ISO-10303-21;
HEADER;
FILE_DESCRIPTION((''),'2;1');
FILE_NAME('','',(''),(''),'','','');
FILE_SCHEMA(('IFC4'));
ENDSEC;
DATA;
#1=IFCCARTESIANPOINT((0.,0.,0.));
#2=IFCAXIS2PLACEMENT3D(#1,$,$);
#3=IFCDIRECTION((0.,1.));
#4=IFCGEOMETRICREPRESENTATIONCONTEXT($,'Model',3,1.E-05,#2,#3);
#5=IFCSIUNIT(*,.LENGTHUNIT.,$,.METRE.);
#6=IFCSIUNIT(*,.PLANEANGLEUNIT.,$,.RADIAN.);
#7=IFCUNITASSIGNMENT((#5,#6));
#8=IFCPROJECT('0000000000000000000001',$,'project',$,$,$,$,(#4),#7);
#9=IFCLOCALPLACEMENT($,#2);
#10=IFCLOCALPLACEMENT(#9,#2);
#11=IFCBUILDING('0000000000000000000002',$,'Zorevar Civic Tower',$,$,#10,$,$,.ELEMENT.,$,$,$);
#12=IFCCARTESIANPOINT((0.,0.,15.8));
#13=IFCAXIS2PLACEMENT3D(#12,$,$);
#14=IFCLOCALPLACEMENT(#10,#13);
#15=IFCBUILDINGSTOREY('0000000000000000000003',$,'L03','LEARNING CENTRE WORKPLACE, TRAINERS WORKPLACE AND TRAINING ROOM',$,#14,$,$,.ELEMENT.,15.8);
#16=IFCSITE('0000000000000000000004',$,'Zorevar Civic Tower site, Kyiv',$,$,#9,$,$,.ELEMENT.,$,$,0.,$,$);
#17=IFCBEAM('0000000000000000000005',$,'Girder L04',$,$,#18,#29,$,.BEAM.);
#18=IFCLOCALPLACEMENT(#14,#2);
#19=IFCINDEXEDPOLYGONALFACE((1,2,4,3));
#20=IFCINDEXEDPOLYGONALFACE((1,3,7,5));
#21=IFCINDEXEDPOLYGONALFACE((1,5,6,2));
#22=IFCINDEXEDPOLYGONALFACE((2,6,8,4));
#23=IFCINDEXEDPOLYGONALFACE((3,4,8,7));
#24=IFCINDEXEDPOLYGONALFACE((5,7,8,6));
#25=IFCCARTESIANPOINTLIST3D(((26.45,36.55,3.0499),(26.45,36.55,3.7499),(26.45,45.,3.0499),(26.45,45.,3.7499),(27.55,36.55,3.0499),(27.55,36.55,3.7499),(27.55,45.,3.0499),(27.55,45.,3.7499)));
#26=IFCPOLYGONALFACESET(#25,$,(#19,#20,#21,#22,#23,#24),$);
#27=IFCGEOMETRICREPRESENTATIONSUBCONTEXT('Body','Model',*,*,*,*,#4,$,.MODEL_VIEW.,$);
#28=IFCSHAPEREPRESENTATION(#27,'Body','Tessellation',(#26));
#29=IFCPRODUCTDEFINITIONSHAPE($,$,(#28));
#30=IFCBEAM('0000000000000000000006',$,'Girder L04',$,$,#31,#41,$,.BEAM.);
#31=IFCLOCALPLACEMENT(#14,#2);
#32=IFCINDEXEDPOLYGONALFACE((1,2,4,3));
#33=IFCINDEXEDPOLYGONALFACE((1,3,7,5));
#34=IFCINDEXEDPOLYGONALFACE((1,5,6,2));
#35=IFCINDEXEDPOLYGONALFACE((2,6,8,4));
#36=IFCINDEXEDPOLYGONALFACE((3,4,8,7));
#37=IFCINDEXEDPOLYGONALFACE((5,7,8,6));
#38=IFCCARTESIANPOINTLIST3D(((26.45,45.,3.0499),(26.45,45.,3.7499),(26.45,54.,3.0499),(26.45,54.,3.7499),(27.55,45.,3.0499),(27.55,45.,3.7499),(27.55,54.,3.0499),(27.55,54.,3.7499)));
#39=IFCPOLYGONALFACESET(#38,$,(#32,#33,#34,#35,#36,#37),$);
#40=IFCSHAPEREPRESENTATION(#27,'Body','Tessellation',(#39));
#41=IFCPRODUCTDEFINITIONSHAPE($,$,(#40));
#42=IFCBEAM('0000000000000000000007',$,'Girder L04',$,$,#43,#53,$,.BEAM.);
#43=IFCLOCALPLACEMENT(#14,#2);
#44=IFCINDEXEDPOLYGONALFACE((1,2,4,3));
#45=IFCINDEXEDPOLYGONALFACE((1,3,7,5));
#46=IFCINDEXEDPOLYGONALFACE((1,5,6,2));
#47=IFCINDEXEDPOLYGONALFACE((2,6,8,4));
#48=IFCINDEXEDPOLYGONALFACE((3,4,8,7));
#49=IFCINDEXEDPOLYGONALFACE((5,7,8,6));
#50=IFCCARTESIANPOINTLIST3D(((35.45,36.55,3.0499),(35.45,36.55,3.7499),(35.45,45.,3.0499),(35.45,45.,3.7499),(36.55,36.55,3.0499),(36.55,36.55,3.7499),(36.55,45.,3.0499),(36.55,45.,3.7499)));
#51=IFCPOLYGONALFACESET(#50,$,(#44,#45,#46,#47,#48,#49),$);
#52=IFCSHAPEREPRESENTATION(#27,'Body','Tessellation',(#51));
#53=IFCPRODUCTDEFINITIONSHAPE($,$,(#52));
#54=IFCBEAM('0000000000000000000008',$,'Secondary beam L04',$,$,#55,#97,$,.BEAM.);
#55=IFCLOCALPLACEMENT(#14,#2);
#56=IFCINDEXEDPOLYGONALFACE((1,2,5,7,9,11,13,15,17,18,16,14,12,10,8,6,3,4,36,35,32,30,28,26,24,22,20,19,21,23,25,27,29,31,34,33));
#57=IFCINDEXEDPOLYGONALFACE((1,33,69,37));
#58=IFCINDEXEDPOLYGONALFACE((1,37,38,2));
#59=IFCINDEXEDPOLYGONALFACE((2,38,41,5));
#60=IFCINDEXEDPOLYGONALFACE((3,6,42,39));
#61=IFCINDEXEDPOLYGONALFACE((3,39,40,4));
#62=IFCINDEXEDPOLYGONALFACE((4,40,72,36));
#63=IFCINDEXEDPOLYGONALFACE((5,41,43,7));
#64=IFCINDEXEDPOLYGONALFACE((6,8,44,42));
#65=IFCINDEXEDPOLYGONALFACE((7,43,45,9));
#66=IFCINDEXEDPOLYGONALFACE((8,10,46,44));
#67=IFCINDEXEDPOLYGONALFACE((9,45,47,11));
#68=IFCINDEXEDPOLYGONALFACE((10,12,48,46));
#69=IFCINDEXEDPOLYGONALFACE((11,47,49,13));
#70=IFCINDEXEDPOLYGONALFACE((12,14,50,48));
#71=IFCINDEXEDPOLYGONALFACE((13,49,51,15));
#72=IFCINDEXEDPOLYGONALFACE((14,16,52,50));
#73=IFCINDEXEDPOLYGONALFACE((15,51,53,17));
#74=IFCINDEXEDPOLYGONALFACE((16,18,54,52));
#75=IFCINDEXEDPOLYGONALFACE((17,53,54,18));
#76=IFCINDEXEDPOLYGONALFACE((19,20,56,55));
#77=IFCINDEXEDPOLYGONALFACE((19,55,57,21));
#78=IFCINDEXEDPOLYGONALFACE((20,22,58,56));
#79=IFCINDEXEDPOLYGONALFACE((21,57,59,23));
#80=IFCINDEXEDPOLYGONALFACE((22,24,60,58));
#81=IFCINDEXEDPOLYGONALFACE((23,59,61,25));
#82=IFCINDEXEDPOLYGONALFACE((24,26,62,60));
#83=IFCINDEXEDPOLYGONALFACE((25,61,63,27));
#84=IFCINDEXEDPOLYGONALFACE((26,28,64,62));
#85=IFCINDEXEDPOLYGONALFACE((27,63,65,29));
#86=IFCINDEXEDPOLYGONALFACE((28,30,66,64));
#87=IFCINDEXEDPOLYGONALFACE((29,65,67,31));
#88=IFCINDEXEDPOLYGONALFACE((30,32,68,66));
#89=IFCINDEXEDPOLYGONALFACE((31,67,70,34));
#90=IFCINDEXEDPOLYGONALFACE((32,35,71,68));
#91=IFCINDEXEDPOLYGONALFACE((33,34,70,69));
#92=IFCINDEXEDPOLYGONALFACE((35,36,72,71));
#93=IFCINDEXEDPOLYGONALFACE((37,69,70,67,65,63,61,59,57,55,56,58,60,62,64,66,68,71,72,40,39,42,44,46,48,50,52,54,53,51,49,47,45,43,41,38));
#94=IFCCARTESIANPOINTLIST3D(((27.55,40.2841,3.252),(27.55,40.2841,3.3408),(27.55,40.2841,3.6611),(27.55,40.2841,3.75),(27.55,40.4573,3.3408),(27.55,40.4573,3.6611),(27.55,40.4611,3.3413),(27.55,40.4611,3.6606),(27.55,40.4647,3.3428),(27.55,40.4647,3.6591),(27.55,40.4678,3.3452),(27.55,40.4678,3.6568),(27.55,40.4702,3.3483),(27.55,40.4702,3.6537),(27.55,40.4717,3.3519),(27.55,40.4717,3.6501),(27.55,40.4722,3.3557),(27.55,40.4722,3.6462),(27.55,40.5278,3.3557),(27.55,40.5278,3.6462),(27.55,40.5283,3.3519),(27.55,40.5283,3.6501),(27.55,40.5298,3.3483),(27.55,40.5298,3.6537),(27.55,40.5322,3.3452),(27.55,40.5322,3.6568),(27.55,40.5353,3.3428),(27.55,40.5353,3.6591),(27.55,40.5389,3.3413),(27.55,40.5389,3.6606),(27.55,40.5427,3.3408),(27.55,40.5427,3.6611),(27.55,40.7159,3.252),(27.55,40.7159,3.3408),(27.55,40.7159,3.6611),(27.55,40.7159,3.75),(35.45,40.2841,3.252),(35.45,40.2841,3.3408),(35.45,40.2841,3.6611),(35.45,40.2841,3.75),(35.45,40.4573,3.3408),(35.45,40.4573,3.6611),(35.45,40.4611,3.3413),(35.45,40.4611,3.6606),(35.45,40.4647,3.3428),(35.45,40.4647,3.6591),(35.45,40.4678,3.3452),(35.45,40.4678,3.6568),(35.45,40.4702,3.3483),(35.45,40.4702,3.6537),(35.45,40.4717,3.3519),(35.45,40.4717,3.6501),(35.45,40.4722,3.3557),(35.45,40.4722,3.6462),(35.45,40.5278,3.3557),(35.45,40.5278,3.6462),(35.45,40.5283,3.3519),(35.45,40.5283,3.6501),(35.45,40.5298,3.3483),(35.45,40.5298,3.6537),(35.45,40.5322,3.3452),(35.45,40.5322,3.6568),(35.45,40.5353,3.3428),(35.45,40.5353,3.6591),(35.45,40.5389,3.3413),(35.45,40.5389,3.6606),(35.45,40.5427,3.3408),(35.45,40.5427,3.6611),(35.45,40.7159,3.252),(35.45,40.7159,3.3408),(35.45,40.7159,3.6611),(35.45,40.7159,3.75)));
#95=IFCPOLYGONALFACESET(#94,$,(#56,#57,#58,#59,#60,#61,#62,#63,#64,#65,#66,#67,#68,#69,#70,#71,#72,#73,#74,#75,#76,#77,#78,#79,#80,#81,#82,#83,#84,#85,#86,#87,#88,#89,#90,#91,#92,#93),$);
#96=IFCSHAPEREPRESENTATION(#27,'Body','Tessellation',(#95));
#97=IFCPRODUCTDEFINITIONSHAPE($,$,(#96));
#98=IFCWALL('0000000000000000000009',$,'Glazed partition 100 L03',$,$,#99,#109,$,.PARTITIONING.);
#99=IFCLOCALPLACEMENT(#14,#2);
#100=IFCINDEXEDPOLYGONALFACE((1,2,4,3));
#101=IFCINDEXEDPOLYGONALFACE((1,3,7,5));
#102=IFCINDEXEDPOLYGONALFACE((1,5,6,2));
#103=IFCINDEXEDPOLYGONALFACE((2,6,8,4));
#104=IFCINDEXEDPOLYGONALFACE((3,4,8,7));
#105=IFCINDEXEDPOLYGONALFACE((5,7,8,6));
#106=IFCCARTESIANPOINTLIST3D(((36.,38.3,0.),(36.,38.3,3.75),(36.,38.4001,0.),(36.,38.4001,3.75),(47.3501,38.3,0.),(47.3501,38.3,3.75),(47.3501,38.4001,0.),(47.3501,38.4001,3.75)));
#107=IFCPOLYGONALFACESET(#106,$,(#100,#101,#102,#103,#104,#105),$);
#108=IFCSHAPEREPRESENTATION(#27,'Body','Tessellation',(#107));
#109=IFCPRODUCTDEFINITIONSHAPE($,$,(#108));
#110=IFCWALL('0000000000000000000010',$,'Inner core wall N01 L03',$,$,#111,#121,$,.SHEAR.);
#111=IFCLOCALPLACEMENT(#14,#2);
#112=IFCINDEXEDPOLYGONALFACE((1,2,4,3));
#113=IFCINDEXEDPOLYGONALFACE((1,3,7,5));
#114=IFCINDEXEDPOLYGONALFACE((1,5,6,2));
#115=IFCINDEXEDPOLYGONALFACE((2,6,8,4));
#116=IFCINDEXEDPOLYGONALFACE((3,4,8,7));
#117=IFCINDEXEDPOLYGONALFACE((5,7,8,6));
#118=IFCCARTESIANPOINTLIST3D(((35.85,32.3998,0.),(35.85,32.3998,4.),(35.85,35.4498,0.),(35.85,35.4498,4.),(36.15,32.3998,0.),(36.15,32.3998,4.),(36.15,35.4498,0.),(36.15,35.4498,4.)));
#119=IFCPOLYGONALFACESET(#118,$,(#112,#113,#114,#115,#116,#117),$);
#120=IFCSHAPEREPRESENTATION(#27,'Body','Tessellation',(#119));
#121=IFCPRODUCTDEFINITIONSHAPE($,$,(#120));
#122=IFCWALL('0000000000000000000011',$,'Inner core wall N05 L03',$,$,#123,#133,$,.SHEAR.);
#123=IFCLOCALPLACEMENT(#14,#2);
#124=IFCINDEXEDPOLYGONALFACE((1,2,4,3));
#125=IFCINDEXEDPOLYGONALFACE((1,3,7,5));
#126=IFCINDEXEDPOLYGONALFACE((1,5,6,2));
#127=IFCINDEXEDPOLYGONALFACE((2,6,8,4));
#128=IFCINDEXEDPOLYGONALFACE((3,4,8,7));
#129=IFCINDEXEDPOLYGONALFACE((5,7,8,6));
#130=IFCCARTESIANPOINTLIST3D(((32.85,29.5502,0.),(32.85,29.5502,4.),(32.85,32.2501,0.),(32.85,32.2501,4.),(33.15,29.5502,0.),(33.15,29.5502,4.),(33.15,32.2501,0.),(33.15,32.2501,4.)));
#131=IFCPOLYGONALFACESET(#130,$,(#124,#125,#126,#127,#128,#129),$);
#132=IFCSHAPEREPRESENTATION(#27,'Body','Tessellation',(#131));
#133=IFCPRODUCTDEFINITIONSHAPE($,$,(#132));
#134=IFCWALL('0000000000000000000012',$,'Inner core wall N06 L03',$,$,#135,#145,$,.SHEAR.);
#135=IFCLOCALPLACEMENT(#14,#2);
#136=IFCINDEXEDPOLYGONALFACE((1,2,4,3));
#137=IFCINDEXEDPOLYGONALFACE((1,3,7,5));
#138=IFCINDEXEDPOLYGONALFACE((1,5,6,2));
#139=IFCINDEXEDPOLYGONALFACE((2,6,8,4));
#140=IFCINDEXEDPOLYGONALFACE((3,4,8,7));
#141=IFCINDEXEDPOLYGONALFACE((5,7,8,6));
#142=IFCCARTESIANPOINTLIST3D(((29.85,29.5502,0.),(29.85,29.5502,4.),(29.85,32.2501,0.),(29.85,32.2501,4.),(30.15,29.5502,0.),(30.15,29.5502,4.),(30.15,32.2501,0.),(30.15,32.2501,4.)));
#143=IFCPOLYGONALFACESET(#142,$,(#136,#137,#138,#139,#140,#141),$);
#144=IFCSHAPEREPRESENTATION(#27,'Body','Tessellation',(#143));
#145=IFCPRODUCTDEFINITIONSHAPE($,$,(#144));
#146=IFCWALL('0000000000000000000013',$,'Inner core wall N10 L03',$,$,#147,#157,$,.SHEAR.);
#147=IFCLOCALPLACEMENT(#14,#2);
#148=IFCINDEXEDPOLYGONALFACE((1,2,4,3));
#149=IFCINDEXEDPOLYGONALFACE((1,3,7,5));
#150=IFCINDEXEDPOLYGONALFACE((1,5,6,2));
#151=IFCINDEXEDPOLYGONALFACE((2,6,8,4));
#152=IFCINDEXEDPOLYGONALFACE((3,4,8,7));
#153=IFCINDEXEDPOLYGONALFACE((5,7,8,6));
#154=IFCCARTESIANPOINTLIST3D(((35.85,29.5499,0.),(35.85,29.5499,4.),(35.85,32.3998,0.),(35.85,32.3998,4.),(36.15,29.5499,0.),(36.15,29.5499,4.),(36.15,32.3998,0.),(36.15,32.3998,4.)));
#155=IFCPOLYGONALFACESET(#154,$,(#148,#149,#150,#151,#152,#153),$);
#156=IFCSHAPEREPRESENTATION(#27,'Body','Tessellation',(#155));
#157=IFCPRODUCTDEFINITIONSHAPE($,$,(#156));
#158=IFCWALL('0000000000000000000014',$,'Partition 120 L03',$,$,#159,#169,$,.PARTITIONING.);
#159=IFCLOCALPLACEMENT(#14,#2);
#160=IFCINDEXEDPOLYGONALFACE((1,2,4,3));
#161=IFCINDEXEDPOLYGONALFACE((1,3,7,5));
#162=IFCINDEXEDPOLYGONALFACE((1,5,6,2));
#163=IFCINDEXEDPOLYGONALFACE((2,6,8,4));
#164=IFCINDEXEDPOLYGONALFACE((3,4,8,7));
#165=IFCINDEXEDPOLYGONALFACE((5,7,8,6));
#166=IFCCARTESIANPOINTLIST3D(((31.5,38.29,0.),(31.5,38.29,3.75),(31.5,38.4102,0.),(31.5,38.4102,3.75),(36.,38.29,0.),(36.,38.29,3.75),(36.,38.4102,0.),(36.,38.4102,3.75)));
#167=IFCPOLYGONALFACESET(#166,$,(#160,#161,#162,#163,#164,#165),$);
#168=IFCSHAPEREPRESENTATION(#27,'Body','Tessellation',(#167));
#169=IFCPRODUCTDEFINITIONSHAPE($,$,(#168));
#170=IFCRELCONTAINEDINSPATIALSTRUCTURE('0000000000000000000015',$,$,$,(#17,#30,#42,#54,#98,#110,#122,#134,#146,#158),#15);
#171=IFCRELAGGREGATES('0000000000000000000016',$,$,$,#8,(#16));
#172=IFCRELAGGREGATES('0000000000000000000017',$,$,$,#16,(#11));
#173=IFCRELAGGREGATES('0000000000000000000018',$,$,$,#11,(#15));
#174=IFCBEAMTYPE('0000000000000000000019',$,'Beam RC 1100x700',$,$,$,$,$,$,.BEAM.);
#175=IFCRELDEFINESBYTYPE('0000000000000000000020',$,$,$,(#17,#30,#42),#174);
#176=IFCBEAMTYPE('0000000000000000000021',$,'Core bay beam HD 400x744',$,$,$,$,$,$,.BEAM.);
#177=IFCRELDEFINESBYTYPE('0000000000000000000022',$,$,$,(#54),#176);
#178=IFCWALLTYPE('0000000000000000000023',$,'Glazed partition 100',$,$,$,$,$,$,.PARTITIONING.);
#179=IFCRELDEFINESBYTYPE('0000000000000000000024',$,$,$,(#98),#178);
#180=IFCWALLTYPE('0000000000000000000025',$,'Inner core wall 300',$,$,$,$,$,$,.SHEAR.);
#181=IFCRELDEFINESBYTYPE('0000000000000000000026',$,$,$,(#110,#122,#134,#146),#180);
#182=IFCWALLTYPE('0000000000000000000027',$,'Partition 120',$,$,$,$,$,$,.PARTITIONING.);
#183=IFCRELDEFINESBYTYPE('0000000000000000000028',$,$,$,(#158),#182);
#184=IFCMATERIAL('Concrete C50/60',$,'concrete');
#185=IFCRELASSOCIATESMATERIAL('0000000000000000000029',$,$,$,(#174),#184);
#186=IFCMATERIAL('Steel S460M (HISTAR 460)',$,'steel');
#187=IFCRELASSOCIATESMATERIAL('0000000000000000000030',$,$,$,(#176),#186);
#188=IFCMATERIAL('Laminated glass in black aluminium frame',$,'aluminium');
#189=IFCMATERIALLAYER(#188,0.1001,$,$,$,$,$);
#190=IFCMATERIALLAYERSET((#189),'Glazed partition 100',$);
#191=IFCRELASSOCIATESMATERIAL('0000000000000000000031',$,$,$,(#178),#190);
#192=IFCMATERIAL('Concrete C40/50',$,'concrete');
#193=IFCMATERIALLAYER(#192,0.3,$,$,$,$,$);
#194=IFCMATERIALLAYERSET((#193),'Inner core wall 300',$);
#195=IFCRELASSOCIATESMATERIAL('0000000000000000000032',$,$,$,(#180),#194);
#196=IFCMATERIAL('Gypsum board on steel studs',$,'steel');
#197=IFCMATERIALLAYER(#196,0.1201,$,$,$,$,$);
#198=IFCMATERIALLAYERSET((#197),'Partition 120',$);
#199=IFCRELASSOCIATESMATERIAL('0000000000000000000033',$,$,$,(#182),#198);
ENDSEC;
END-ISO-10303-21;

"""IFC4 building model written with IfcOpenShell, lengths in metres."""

from ifc_helpers import new_model, si_unit, direction, frame, frame_2d, origin, origin_2d, place, context, subcontext, project, spatial, rectangle, i_section, extrude, material, layer, layer_set, material_profile, profile_set, type_object, element, save


model = new_model("IFC4")

# Units and contexts
model_context = context("Model", 3, precision=1e-05, world=origin(), true_north=direction((0.0, 1.0)))
body_context = subcontext(model_context, "Body", "Model", "MODEL_VIEW")
ifc_project = project(units=[si_unit("LENGTHUNIT", "METRE"), si_unit("PLANEANGLEUNIT", "RADIAN")], contexts=[model_context])

# Site, building, storey
site_placement = place(None, origin())
site = spatial("IfcSite", under=ifc_project, at=site_placement, Name="Zorevar Civic Tower site, Kyiv", CompositionType="ELEMENT", RefElevation=0.0)
building_placement = place(site_placement, origin())
building = spatial("IfcBuilding", under=site, at=building_placement, Name="Zorevar Civic Tower", CompositionType="ELEMENT")
storey_placement = place(building_placement, frame((0.0, 0.0, 15.8)))
storey = spatial("IfcBuildingStorey", under=building, at=storey_placement, Name="L03", Description="LEARNING CENTRE WORKPLACE, TRAINERS WORKPLACE AND TRAINING ROOM", CompositionType="ELEMENT", Elevation=15.8)

# Beams
ifc_material_1 = material(Name="Concrete C50/60", Category="concrete")
ifc_material_profile_1 = material_profile(ifc_material_1, rectangle(XDim=1.1001, YDim=0.7, at=origin_2d()), Name="RC 1100x700")
ifc_profile_set_1 = profile_set([ifc_material_profile_1], Name="Concrete C50/60")
beam_type_1 = type_object("IfcBeamType", Name="Beam RC 1100x700", PredefinedType="BEAM", material=ifc_profile_set_1)
beam_1_placement = place(storey_placement, frame((27.0, 36.55, 3.3999), z_axis=(0.0, 1.0, 0.0), x_axis=(-1.0, 0.0, 0.0)))
element("IfcBeam", 1, at=beam_1_placement, inside=storey, type_object=beam_type_1, Name="Girder L04", PredefinedType="BEAM", context=body_context, shape_type="SweptSolid", body=[
    extrude(rectangle(XDim=1.1001, YDim=0.7, at=origin_2d()), origin(), (0.0, 0.0, 1.0), 8.45),
])
beam_2_placement = place(storey_placement, frame((27.0, 45.0, 3.3999), z_axis=(0.0, 1.0, 0.0), x_axis=(-1.0, 0.0, 0.0)))
element("IfcBeam", 2, at=beam_2_placement, inside=storey, type_object=beam_type_1, Name="Girder L04", PredefinedType="BEAM", context=body_context, shape_type="SweptSolid", body=[
    extrude(rectangle(XDim=1.1001, YDim=0.7, at=origin_2d()), origin(), (0.0, 0.0, 1.0), 9.0),
])
beam_3_placement = place(storey_placement, frame((36.0, 36.55, 3.3999), z_axis=(0.0, 1.0, 0.0), x_axis=(-1.0, 0.0, 0.0)))
element("IfcBeam", 3, at=beam_3_placement, inside=storey, type_object=beam_type_1, Name="Girder L04", PredefinedType="BEAM", context=body_context, shape_type="SweptSolid", body=[
    extrude(rectangle(XDim=1.1001, YDim=0.7, at=origin_2d()), origin(), (0.0, 0.0, 1.0), 8.45),
])
ifc_material_2 = material(Name="Steel S460M (HISTAR 460)", Category="steel")
ifc_material_profile_2 = material_profile(ifc_material_2, i_section(OverallWidth=0.4319, OverallDepth=0.498, WebThickness=0.0557, FlangeThickness=0.0889, FilletRadius=0.0149, at=origin_2d()), Name="HD 400x744")
ifc_profile_set_2 = profile_set([ifc_material_profile_2], Name="Steel S460M (HISTAR 460)")
beam_type_2 = type_object("IfcBeamType", Name="Core bay beam HD 400x744", PredefinedType="BEAM", material=ifc_profile_set_2)
beam_4_placement = place(storey_placement, frame((27.55, 40.5, 3.501), z_axis=(1.0, 0.0, 0.0), x_axis=(0.0, 1.0, 0.0)))
element("IfcBeam", 4, at=beam_4_placement, inside=storey, type_object=beam_type_2, Name="Secondary beam L04", PredefinedType="BEAM", context=body_context, shape_type="SweptSolid", body=[
    extrude(i_section(OverallWidth=0.4319, OverallDepth=0.498, WebThickness=0.0557, FlangeThickness=0.0889, FilletRadius=0.0149, at=origin_2d()), origin(), (0.0, 0.0, 1.0), 7.8999),
])

# Walls
ifc_material_3 = material(Name="Laminated glass in black aluminium frame", Category="aluminium")
ifc_layer_1 = layer(ifc_material_3, 0.1001)
ifc_layer_set_1 = layer_set([ifc_layer_1], Name="Glazed partition 100")
wall_type_1 = type_object("IfcWallType", Name="Glazed partition 100", PredefinedType="PARTITIONING", material=ifc_layer_set_1)
wall_1_placement = place(storey_placement, frame((36.0, 38.3501, 0.0), z_axis=(0.0, 0.0, 1.0), x_axis=(1.0, 0.0, 0.0)))
element("IfcWall", 5, at=wall_1_placement, inside=storey, type_object=wall_type_1, Name="Glazed partition 100 L03", PredefinedType="PARTITIONING", context=body_context, shape_type="SweptSolid", body=[
    extrude(rectangle(XDim=11.3501, YDim=0.1001, at=frame_2d((5.675, 0.0))), origin(), (0.0, 0.0, 1.0), 3.75),
])
ifc_material_4 = material(Name="Concrete C40/50", Category="concrete")
ifc_layer_2 = layer(ifc_material_4, 0.3)
ifc_layer_set_2 = layer_set([ifc_layer_2], Name="Inner core wall 300")
wall_type_2 = type_object("IfcWallType", Name="Inner core wall 300", PredefinedType="SHEAR", material=ifc_layer_set_2)
wall_2_placement = place(storey_placement, frame((36.0, 32.3999, 0.0), z_axis=(0.0, 0.0, 1.0), x_axis=(0.0, 1.0, 0.0)))
element("IfcWall", 6, at=wall_2_placement, inside=storey, type_object=wall_type_2, Name="Inner core wall N01 L03", PredefinedType="SHEAR", context=body_context, shape_type="SweptSolid", body=[
    extrude(rectangle(XDim=3.05, YDim=0.3, at=frame_2d((1.5249, 0.0))), origin(), (0.0, 0.0, 1.0), 4.0),
])
for number, where, z_axis, x_axis, name in (
    (7, (33.0, 29.55, 0.0), (0.0, 0.0, 1.0), (0.0, 1.0, 0.0), "Inner core wall N05 L03"),
    (8, (30.0, 29.55, 0.0), (0.0, 0.0, 1.0), (0.0, 1.0, 0.0), "Inner core wall N06 L03"),
):
    element("IfcWall", number, at=place(storey_placement, frame(where, z_axis=z_axis, x_axis=x_axis)), inside=storey, type_object=wall_type_2, Name=name, PredefinedType="SHEAR", context=body_context, shape_type="SweptSolid", body=[
        extrude(rectangle(XDim=2.7, YDim=0.3, at=frame_2d((1.3501, 0.0))), origin(), (0.0, 0.0, 1.0), 4.0),
    ])
wall_3_placement = place(storey_placement, frame((36.0, 29.55, 0.0), z_axis=(0.0, 0.0, 1.0), x_axis=(0.0, 1.0, 0.0)))
element("IfcWall", 9, at=wall_3_placement, inside=storey, type_object=wall_type_2, Name="Inner core wall N10 L03", PredefinedType="SHEAR", context=body_context, shape_type="SweptSolid", body=[
    extrude(rectangle(XDim=2.8499, YDim=0.3, at=frame_2d((1.4248, 0.0))), origin(), (0.0, 0.0, 1.0), 4.0),
])
ifc_material_5 = material(Name="Gypsum board on steel studs", Category="steel")
ifc_layer_3 = layer(ifc_material_5, 0.1201)
ifc_layer_set_3 = layer_set([ifc_layer_3], Name="Partition 120")
wall_type_3 = type_object("IfcWallType", Name="Partition 120", PredefinedType="PARTITIONING", material=ifc_layer_set_3)
wall_4_placement = place(storey_placement, frame((31.5, 38.3501, 0.0), z_axis=(0.0, 0.0, 1.0), x_axis=(1.0, 0.0, 0.0)))
element("IfcWall", 10, at=wall_4_placement, inside=storey, type_object=wall_type_3, Name="Partition 120 L03", PredefinedType="PARTITIONING", context=body_context, shape_type="SweptSolid", body=[
    extrude(rectangle(XDim=4.5, YDim=0.1201, at=frame_2d((2.25, 0.0))), origin(), (0.0, 0.0, 1.0), 3.75),
])

save(model, "model.ifc")
